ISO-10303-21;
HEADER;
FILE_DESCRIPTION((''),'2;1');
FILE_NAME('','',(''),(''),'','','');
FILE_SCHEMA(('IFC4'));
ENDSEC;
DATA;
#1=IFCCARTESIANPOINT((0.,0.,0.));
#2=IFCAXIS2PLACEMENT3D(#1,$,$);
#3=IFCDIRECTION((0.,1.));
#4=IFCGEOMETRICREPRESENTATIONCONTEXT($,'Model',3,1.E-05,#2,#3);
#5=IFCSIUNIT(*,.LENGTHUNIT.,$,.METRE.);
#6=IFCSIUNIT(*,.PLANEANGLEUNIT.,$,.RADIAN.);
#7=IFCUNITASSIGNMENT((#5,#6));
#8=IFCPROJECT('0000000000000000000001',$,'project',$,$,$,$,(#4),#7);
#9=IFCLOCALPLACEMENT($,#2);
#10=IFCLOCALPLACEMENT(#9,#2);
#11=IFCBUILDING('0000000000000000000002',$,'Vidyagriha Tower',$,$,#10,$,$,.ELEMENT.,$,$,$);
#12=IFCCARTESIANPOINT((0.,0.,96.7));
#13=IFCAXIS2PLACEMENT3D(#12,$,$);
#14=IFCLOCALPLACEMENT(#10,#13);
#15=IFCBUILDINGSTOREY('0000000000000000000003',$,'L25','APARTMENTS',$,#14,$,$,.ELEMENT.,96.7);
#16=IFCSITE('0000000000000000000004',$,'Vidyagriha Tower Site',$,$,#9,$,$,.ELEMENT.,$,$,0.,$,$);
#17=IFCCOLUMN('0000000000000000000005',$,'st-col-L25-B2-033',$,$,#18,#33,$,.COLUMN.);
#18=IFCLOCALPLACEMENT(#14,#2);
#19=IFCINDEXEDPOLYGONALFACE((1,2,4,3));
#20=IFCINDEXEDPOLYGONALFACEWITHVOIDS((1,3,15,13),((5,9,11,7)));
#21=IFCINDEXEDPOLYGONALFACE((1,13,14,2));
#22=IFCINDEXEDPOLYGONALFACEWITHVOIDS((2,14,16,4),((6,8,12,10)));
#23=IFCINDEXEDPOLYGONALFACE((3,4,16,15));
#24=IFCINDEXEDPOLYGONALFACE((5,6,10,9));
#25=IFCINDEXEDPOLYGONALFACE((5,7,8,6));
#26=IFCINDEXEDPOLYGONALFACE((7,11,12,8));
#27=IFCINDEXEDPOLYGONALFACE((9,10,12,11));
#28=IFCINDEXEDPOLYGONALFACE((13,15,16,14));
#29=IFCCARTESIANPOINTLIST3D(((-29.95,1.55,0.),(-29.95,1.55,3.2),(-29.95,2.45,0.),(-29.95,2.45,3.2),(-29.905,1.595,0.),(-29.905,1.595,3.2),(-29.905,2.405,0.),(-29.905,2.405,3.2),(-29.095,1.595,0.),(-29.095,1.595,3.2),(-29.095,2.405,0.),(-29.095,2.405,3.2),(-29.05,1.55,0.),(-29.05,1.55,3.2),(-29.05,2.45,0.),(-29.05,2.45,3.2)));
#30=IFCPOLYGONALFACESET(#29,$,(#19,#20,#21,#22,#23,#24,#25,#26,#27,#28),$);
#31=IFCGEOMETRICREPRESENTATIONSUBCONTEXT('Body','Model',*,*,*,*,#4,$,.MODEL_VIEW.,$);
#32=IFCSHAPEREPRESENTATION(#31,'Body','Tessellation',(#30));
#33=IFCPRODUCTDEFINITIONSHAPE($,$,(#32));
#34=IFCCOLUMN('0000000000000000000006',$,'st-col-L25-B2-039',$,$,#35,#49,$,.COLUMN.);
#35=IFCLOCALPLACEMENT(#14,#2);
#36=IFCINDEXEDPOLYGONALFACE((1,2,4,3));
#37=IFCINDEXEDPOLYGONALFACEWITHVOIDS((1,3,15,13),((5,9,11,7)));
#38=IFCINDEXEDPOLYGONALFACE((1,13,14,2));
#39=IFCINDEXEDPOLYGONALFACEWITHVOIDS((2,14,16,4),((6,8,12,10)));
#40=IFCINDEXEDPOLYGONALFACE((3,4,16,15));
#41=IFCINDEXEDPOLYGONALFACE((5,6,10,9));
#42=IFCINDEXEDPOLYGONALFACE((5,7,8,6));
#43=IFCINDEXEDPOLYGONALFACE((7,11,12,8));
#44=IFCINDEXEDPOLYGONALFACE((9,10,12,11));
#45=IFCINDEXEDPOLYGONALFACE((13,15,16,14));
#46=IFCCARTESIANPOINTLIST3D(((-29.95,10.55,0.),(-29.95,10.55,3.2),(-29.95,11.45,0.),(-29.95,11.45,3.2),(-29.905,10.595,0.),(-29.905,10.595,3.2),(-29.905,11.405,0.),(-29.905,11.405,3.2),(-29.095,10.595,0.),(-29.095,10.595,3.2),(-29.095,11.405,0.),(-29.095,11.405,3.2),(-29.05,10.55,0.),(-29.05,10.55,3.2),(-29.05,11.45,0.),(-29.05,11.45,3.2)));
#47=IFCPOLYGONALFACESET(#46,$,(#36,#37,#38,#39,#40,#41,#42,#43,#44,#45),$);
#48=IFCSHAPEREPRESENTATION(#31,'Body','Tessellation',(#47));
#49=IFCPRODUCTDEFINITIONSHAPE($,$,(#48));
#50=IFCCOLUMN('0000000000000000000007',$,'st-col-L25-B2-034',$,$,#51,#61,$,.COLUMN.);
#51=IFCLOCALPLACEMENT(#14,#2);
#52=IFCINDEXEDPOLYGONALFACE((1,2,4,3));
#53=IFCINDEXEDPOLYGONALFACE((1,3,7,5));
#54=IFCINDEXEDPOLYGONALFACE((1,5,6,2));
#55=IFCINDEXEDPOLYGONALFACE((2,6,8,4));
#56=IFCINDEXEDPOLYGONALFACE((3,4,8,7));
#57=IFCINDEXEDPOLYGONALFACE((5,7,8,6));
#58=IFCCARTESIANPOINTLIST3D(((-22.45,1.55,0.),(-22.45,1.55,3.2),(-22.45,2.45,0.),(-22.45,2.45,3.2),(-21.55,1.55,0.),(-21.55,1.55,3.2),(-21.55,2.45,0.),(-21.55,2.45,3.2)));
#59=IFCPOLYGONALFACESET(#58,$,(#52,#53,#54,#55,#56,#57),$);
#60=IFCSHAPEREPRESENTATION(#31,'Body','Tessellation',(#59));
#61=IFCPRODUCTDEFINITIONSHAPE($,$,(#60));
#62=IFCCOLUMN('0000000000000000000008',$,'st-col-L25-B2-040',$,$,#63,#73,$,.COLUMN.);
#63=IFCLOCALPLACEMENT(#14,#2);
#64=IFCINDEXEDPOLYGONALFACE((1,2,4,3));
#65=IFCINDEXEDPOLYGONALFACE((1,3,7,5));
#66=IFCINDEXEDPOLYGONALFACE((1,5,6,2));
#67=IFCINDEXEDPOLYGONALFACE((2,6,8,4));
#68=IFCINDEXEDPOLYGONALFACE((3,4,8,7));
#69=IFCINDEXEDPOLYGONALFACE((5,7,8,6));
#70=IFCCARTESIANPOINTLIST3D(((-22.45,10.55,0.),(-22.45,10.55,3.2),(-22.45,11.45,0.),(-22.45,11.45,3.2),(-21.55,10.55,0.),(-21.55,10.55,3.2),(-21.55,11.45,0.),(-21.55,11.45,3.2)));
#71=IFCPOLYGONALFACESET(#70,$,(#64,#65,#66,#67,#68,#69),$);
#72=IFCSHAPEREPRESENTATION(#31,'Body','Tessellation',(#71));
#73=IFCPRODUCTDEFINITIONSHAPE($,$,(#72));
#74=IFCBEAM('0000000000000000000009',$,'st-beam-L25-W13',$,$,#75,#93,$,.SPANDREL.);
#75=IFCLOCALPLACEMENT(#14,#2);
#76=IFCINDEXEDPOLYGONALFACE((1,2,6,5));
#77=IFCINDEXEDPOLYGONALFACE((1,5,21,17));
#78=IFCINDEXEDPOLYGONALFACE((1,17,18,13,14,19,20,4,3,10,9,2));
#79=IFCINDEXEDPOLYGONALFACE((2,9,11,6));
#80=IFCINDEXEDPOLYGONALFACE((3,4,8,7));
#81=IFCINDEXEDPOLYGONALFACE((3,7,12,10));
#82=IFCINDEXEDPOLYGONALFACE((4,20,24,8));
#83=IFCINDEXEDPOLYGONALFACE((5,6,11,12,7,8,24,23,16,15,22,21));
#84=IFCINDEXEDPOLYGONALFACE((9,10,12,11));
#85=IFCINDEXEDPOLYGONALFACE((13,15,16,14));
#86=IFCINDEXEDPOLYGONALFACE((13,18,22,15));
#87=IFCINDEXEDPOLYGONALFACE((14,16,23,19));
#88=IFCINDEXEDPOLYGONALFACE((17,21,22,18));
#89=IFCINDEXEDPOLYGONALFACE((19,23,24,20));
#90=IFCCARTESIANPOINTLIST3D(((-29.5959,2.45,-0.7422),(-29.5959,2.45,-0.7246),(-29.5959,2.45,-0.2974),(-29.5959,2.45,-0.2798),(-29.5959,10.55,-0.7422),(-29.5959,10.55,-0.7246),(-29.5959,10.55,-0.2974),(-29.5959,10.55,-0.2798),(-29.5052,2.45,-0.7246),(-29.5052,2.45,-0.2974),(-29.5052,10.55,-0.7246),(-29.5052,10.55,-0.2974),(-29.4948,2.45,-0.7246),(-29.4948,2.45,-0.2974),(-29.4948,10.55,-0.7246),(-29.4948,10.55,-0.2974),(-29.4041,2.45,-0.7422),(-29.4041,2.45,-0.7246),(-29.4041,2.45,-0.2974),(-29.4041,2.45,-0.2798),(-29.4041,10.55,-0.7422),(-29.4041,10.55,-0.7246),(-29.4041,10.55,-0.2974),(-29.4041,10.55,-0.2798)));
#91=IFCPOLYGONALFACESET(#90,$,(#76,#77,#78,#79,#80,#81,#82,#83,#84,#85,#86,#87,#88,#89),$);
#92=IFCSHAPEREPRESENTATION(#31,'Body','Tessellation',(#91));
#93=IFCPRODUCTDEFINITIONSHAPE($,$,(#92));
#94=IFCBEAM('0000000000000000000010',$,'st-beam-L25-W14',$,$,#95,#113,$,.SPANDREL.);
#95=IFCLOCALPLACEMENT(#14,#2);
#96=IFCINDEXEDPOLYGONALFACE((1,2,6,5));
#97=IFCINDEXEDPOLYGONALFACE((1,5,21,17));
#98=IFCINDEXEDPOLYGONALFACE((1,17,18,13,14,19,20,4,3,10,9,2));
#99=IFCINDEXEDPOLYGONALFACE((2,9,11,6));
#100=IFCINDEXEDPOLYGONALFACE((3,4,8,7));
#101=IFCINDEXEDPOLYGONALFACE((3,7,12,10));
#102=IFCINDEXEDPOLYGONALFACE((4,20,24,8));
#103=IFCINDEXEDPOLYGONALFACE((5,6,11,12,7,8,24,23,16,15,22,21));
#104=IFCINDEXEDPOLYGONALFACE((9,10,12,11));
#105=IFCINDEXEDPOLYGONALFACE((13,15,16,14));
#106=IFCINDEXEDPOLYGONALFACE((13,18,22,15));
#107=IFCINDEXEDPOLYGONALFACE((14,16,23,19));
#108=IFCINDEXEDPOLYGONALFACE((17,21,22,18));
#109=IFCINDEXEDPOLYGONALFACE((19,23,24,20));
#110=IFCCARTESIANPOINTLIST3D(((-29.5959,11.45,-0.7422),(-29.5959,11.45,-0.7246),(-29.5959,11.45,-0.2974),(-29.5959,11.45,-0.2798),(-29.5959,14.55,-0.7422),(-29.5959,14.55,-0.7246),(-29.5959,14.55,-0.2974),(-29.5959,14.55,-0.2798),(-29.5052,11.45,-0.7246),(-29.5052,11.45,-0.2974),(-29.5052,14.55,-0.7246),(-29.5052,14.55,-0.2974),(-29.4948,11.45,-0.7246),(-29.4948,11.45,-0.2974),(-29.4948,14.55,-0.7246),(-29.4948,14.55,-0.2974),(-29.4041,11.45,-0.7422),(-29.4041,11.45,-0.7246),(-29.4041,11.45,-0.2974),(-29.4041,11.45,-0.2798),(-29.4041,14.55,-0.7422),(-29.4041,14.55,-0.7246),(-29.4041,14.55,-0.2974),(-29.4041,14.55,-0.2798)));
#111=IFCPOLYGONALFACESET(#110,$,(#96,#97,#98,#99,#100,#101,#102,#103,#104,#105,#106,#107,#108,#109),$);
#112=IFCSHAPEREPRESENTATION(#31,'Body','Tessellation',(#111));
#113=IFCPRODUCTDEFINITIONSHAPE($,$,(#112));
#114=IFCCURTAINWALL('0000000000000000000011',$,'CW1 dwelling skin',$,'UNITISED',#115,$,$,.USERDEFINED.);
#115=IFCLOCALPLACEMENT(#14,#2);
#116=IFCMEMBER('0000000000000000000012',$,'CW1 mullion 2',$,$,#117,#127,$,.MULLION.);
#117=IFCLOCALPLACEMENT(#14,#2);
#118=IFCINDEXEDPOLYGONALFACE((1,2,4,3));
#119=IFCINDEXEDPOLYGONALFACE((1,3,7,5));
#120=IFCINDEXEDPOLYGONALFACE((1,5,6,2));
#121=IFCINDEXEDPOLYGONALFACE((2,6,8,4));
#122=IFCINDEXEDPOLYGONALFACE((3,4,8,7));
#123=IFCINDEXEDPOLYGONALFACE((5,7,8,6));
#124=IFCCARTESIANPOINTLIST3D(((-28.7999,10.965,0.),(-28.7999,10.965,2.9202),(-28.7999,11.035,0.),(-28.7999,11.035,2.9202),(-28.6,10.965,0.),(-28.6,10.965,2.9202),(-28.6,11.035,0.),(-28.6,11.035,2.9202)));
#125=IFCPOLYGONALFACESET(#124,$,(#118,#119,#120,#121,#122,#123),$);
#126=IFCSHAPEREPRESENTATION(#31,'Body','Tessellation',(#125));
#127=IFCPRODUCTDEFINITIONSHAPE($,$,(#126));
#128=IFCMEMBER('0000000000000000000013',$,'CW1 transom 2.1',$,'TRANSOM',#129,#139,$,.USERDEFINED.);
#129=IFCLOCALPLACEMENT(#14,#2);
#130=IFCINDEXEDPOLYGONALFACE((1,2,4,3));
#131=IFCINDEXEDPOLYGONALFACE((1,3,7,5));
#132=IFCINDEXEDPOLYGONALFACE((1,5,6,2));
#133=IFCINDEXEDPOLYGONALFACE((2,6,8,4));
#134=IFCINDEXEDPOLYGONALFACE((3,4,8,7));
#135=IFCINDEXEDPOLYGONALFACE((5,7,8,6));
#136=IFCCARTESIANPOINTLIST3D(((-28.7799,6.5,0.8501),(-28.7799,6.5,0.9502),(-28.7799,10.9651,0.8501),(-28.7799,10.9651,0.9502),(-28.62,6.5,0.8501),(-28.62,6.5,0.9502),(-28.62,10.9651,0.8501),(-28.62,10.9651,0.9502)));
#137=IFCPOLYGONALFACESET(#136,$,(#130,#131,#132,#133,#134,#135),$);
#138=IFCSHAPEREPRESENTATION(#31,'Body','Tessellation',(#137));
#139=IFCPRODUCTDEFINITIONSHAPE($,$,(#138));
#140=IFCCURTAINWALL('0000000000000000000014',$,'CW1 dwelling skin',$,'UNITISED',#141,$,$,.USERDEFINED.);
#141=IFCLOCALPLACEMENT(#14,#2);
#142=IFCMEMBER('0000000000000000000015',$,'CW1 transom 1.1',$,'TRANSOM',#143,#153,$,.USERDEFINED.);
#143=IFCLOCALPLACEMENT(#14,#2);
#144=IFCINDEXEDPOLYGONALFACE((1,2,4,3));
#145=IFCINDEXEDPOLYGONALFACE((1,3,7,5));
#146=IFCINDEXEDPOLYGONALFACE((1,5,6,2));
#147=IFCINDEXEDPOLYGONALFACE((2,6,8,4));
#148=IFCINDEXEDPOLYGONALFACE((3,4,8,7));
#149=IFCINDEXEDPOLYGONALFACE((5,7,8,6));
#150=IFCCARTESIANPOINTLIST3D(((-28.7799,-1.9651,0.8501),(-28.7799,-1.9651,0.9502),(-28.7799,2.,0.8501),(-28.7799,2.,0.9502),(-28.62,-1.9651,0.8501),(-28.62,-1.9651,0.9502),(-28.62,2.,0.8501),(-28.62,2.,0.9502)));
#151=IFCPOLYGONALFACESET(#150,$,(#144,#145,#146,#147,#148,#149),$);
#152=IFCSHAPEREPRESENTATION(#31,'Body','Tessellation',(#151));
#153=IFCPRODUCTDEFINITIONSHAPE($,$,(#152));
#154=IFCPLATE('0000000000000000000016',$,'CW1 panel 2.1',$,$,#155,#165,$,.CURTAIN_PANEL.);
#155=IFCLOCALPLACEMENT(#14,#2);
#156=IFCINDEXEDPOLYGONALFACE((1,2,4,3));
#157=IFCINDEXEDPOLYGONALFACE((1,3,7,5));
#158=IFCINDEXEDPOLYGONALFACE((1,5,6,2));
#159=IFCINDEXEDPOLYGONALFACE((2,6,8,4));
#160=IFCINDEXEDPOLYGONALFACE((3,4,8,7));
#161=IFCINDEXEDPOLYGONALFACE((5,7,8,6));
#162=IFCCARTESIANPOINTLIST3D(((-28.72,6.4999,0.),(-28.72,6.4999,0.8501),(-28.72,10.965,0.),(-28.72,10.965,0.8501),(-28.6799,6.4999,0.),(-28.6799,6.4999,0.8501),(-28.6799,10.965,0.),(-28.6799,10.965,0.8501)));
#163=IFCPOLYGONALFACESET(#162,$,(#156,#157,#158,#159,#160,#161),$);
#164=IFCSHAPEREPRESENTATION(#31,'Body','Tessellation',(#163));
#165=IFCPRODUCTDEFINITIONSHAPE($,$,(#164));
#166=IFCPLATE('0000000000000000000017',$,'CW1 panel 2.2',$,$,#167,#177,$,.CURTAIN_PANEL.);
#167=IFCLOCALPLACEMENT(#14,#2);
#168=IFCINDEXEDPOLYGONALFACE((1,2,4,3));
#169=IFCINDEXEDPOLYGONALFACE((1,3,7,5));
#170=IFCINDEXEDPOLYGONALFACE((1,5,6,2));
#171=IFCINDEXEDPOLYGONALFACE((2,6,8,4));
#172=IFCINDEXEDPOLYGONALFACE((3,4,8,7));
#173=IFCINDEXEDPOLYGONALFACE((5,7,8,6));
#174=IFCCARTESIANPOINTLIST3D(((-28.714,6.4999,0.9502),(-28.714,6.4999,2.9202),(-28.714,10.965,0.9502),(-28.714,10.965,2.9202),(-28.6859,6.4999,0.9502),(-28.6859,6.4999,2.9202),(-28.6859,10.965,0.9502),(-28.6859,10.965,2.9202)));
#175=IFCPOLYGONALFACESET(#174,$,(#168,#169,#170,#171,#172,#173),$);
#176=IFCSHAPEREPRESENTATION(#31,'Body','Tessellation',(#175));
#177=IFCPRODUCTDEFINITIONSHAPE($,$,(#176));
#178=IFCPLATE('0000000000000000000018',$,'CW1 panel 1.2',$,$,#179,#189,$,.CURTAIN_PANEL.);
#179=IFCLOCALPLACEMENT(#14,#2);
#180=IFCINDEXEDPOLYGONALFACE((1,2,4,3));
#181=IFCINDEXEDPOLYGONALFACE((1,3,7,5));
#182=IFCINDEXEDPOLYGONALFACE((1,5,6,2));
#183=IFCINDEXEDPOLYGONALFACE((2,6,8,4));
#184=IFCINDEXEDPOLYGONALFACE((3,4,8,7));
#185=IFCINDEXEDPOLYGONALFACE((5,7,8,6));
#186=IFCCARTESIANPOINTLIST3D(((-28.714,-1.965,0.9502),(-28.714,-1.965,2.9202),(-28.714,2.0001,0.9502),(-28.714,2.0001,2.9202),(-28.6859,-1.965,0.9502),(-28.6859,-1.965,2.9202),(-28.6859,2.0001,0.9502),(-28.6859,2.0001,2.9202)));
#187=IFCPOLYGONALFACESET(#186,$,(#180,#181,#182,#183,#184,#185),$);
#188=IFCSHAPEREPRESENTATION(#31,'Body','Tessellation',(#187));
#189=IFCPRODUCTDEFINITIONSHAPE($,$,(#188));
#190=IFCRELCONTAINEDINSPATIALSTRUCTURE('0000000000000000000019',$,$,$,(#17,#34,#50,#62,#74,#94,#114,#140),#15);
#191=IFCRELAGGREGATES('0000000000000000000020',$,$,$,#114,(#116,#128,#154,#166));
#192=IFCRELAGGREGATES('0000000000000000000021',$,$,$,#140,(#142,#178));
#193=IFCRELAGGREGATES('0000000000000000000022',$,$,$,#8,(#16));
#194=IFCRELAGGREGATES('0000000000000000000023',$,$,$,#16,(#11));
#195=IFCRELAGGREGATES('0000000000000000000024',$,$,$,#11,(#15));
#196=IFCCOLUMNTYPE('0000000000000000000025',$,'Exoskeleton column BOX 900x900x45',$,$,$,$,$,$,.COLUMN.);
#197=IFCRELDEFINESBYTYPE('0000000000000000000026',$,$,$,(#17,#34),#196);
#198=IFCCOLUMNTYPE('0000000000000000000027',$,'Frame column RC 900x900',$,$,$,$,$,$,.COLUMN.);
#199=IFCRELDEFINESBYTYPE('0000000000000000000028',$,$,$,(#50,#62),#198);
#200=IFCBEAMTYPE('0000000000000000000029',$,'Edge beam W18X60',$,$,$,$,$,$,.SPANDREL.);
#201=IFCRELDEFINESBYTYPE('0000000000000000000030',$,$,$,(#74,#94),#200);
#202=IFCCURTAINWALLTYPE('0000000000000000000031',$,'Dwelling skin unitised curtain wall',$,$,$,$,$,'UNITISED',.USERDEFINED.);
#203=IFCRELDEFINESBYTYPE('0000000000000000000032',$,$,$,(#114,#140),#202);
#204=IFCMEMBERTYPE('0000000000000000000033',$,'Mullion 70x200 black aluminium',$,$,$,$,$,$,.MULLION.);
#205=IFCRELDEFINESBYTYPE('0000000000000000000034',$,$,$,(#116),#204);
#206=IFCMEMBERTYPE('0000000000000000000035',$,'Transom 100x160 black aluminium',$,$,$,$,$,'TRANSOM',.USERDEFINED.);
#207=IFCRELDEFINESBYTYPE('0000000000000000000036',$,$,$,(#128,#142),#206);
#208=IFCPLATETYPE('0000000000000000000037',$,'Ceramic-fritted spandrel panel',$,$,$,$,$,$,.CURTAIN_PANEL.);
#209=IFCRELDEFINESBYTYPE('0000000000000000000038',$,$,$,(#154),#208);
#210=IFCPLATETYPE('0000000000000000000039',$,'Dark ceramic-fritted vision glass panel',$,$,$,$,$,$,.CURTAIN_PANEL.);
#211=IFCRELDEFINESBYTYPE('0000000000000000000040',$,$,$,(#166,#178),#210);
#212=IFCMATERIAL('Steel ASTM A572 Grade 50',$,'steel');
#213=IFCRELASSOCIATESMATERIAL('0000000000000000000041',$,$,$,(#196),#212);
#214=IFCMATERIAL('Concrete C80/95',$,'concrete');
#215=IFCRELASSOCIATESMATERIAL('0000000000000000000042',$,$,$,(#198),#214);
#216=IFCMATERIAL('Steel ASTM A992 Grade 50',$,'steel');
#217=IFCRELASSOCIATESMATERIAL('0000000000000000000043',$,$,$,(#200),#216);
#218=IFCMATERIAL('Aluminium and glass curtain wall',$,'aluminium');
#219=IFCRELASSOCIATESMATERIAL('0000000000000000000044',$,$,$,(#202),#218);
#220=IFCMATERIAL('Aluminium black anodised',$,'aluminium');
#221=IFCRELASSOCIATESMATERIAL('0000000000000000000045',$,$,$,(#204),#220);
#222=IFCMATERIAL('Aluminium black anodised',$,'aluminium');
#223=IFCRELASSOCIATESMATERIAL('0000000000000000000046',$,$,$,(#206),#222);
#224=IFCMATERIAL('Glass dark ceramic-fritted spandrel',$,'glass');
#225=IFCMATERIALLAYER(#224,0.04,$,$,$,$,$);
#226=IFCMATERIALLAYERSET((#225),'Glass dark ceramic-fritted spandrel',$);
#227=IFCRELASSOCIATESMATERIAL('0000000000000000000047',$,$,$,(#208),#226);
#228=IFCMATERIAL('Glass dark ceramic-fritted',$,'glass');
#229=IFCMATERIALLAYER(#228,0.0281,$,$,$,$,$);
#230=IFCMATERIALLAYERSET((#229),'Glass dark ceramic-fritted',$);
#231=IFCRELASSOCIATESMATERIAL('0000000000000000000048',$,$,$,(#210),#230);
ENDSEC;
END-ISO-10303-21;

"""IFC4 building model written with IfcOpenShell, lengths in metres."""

from ifc_helpers import new_model, si_unit, direction, frame, origin, origin_2d, place, context, subcontext, project, spatial, rectangle, hollow_rectangle, i_section, extrude, material, layer, layer_set, material_profile, profile_set, type_object, element, aggregate, save


model = new_model("IFC4")

# Units and contexts
model_context = context("Model", 3, precision=1e-05, world=origin(), true_north=direction((0.0, 1.0)))
body_context = subcontext(model_context, "Body", "Model", "MODEL_VIEW")
ifc_project = project(units=[si_unit("LENGTHUNIT", "METRE"), si_unit("PLANEANGLEUNIT", "RADIAN")], contexts=[model_context])

# Site, building, storey
site_placement = place(None, origin())
site = spatial("IfcSite", under=ifc_project, at=site_placement, Name="Vidyagriha Tower Site", CompositionType="ELEMENT", RefElevation=0.0)
building_placement = place(site_placement, origin())
building = spatial("IfcBuilding", under=site, at=building_placement, Name="Vidyagriha Tower", CompositionType="ELEMENT")
storey_placement = place(building_placement, frame((0.0, 0.0, 96.7)))
storey = spatial("IfcBuildingStorey", under=building, at=storey_placement, Name="L25", Description="APARTMENTS", CompositionType="ELEMENT", Elevation=96.7)

# Columns
ifc_material_1 = material(Name="Steel ASTM A572 Grade 50", Category="steel")
ifc_material_profile_1 = material_profile(ifc_material_1, hollow_rectangle(XDim=0.8999, YDim=0.8999, WallThickness=0.0449, at=origin_2d()), Name="BOX 900x900x45")
ifc_profile_set_1 = profile_set([ifc_material_profile_1], Name="Steel ASTM A572 Grade 50")
column_type_1 = type_object("IfcColumnType", Name="Exoskeleton column BOX 900x900x45", PredefinedType="COLUMN", material=ifc_profile_set_1)
for number, where, name in (
    (1, (-29.5, 2.0, 0.0), "st-col-L25-B2-033"),
    (2, (-29.5, 11.0, 0.0), "st-col-L25-B2-039"),
):
    element("IfcColumn", number, at=place(storey_placement, frame(where)), inside=storey, type_object=column_type_1, Name=name, PredefinedType="COLUMN", context=body_context, shape_type="SweptSolid", body=[
        extrude(hollow_rectangle(XDim=0.8999, YDim=0.8999, WallThickness=0.0449, at=origin_2d()), origin(), (0.0, 0.0, 1.0), 3.2),
    ])
ifc_material_2 = material(Name="Concrete C80/95", Category="concrete")
ifc_material_profile_2 = material_profile(ifc_material_2, rectangle(XDim=0.8999, YDim=0.8999, at=origin_2d()), Name="RC 900x900")
ifc_profile_set_2 = profile_set([ifc_material_profile_2], Name="Concrete C80/95")
column_type_2 = type_object("IfcColumnType", Name="Frame column RC 900x900", PredefinedType="COLUMN", material=ifc_profile_set_2)
for number, where, name in (
    (3, (-22.0, 2.0, 0.0), "st-col-L25-B2-034"),
    (4, (-22.0, 11.0, 0.0), "st-col-L25-B2-040"),
):
    element("IfcColumn", number, at=place(storey_placement, frame(where)), inside=storey, type_object=column_type_2, Name=name, PredefinedType="COLUMN", context=body_context, shape_type="SweptSolid", body=[
        extrude(rectangle(XDim=0.8999, YDim=0.8999, at=origin_2d()), origin(), (0.0, 0.0, 1.0), 3.2),
    ])

# Beams
ifc_material_3 = material(Name="Steel ASTM A992 Grade 50", Category="steel")
ifc_material_profile_3 = material_profile(ifc_material_3, i_section(OverallWidth=0.1919, OverallDepth=0.4624, WebThickness=0.0105, FlangeThickness=0.0176, at=origin_2d()), Name="W18X60")
ifc_profile_set_3 = profile_set([ifc_material_profile_3], Name="Steel ASTM A992 Grade 50")
beam_type = type_object("IfcBeamType", Name="Edge beam W18X60", PredefinedType="SPANDREL", material=ifc_profile_set_3)
beam_1_placement = place(storey_placement, frame((-29.5, 2.45, -0.511), z_axis=(0.0, 1.0, 0.0), x_axis=(-1.0, 0.0, 0.0)))
element("IfcBeam", 5, at=beam_1_placement, inside=storey, type_object=beam_type, Name="st-beam-L25-W13", PredefinedType="SPANDREL", context=body_context, shape_type="SweptSolid", body=[
    extrude(i_section(OverallWidth=0.1919, OverallDepth=0.4624, WebThickness=0.0105, FlangeThickness=0.0176, at=origin_2d()), origin(), (0.0, 0.0, 1.0), 8.1001),
])
beam_2_placement = place(storey_placement, frame((-29.5, 11.45, -0.511), z_axis=(0.0, 1.0, 0.0), x_axis=(-1.0, 0.0, 0.0)))
element("IfcBeam", 6, at=beam_2_placement, inside=storey, type_object=beam_type, Name="st-beam-L25-W14", PredefinedType="SPANDREL", context=body_context, shape_type="SweptSolid", body=[
    extrude(i_section(OverallWidth=0.1919, OverallDepth=0.4624, WebThickness=0.0105, FlangeThickness=0.0176, at=origin_2d()), origin(), (0.0, 0.0, 1.0), 3.1001),
])

# Curtain wall, members
ifc_material_4 = material(Name="Aluminium and glass curtain wall", Category="aluminium")
curtain_wall_type = type_object("IfcCurtainWallType", Name="Dwelling skin unitised curtain wall", ElementType="UNITISED", PredefinedType="USERDEFINED", material=ifc_material_4)
curtain_wall_1_placement = place(storey_placement, origin())
curtain_wall_1 = element("IfcCurtainWall", 7, at=curtain_wall_1_placement, inside=storey, type_object=curtain_wall_type, Name="CW1 dwelling skin", ObjectType="UNITISED", PredefinedType="USERDEFINED")
ifc_material_5 = material(Name="Aluminium black anodised", Category="aluminium")
ifc_material_profile_4 = material_profile(ifc_material_5, rectangle(XDim=0.2, YDim=0.0701, at=origin_2d()), Name="Mullion 70x200 black aluminium")
ifc_profile_set_4 = profile_set([ifc_material_profile_4], Name="Aluminium black anodised")
member_type_1 = type_object("IfcMemberType", Name="Mullion 70x200 black aluminium", PredefinedType="MULLION", material=ifc_profile_set_4)
member_1_placement = place(storey_placement, frame((-28.7, 11.0, 0.0)))
member_1 = element("IfcMember", 8, at=member_1_placement, type_object=member_type_1, Name="CW1 mullion 2", PredefinedType="MULLION", context=body_context, shape_type="SweptSolid", body=[
    extrude(rectangle(XDim=0.2, YDim=0.0701, at=origin_2d()), origin(), (0.0, 0.0, 1.0), 2.9202),
])
ifc_material_6 = material(Name="Aluminium black anodised", Category="aluminium")
ifc_material_profile_5 = material_profile(ifc_material_6, rectangle(XDim=0.1599, YDim=0.1001, at=origin_2d()), Name="Transom 100x160 black aluminium")
ifc_profile_set_5 = profile_set([ifc_material_profile_5], Name="Aluminium black anodised")
member_type_2 = type_object("IfcMemberType", Name="Transom 100x160 black aluminium", ElementType="TRANSOM", PredefinedType="USERDEFINED", material=ifc_profile_set_5)
member_2_placement = place(storey_placement, frame((-28.7, 10.9651, 0.9001), z_axis=(0.0, -1.0, 0.0), x_axis=(1.0, 0.0, 0.0)))
member_2 = element("IfcMember", 9, at=member_2_placement, type_object=member_type_2, Name="CW1 transom 2.1", ObjectType="TRANSOM", PredefinedType="USERDEFINED", context=body_context, shape_type="SweptSolid", body=[
    extrude(rectangle(XDim=0.1599, YDim=0.1001, at=origin_2d()), origin(), (0.0, 0.0, 1.0), 4.4651),
])

# Curtain wall, member
curtain_wall_2_placement = place(storey_placement, origin())
curtain_wall_2 = element("IfcCurtainWall", 10, at=curtain_wall_2_placement, inside=storey, type_object=curtain_wall_type, Name="CW1 dwelling skin", ObjectType="UNITISED", PredefinedType="USERDEFINED")
member_3_placement = place(storey_placement, frame((-28.7, 2.0, 0.9001), z_axis=(0.0, -1.0, 0.0), x_axis=(1.0, 0.0, 0.0)))
member_3 = element("IfcMember", 11, at=member_3_placement, type_object=member_type_2, Name="CW1 transom 1.1", ObjectType="TRANSOM", PredefinedType="USERDEFINED", context=body_context, shape_type="SweptSolid", body=[
    extrude(rectangle(XDim=0.1599, YDim=0.1001, at=origin_2d()), origin(), (0.0, 0.0, 1.0), 3.9651),
])

# Plates
ifc_material_7 = material(Name="Glass dark ceramic-fritted spandrel", Category="glass")
ifc_layer_1 = layer(ifc_material_7, 0.04)
ifc_layer_set_1 = layer_set([ifc_layer_1], Name="Glass dark ceramic-fritted spandrel")
plate_type_1 = type_object("IfcPlateType", Name="Ceramic-fritted spandrel panel", PredefinedType="CURTAIN_PANEL", material=ifc_layer_set_1)
plate_1_placement = place(storey_placement, frame((-28.7, 8.7324, 0.0), z_axis=(0.0, 0.0, 1.0), x_axis=(0.0, -1.0, 0.0)))
plate_1 = element("IfcPlate", 12, at=plate_1_placement, type_object=plate_type_1, Name="CW1 panel 2.1", PredefinedType="CURTAIN_PANEL", context=body_context, shape_type="SweptSolid", body=[
    extrude(rectangle(XDim=4.4651, YDim=0.04, at=origin_2d()), origin(), (0.0, 0.0, 1.0), 0.8501),
])
ifc_material_8 = material(Name="Glass dark ceramic-fritted", Category="glass")
ifc_layer_2 = layer(ifc_material_8, 0.0281)
ifc_layer_set_2 = layer_set([ifc_layer_2], Name="Glass dark ceramic-fritted")
plate_type_2 = type_object("IfcPlateType", Name="Dark ceramic-fritted vision glass panel", PredefinedType="CURTAIN_PANEL", material=ifc_layer_set_2)
plate_2_placement = place(storey_placement, frame((-28.7, 8.7324, 0.9502), z_axis=(0.0, 0.0, 1.0), x_axis=(0.0, -1.0, 0.0)))
plate_2 = element("IfcPlate", 13, at=plate_2_placement, type_object=plate_type_2, Name="CW1 panel 2.2", PredefinedType="CURTAIN_PANEL", context=body_context, shape_type="SweptSolid", body=[
    extrude(rectangle(XDim=4.4651, YDim=0.0281, at=origin_2d()), origin(), (0.0, 0.0, 1.0), 1.97),
])
aggregate(curtain_wall_1, [member_1, member_2, plate_1, plate_2])
plate_3_placement = place(storey_placement, frame((-28.7, 0.0176, 0.9502), z_axis=(0.0, 0.0, 1.0), x_axis=(0.0, -1.0, 0.0)))
plate_3 = element("IfcPlate", 14, at=plate_3_placement, type_object=plate_type_2, Name="CW1 panel 1.2", PredefinedType="CURTAIN_PANEL", context=body_context, shape_type="SweptSolid", body=[
    extrude(rectangle(XDim=3.9651, YDim=0.0281, at=origin_2d()), origin(), (0.0, 0.0, 1.0), 1.97),
])
aggregate(curtain_wall_2, [member_3, plate_3])

save(model, "model.ifc")
